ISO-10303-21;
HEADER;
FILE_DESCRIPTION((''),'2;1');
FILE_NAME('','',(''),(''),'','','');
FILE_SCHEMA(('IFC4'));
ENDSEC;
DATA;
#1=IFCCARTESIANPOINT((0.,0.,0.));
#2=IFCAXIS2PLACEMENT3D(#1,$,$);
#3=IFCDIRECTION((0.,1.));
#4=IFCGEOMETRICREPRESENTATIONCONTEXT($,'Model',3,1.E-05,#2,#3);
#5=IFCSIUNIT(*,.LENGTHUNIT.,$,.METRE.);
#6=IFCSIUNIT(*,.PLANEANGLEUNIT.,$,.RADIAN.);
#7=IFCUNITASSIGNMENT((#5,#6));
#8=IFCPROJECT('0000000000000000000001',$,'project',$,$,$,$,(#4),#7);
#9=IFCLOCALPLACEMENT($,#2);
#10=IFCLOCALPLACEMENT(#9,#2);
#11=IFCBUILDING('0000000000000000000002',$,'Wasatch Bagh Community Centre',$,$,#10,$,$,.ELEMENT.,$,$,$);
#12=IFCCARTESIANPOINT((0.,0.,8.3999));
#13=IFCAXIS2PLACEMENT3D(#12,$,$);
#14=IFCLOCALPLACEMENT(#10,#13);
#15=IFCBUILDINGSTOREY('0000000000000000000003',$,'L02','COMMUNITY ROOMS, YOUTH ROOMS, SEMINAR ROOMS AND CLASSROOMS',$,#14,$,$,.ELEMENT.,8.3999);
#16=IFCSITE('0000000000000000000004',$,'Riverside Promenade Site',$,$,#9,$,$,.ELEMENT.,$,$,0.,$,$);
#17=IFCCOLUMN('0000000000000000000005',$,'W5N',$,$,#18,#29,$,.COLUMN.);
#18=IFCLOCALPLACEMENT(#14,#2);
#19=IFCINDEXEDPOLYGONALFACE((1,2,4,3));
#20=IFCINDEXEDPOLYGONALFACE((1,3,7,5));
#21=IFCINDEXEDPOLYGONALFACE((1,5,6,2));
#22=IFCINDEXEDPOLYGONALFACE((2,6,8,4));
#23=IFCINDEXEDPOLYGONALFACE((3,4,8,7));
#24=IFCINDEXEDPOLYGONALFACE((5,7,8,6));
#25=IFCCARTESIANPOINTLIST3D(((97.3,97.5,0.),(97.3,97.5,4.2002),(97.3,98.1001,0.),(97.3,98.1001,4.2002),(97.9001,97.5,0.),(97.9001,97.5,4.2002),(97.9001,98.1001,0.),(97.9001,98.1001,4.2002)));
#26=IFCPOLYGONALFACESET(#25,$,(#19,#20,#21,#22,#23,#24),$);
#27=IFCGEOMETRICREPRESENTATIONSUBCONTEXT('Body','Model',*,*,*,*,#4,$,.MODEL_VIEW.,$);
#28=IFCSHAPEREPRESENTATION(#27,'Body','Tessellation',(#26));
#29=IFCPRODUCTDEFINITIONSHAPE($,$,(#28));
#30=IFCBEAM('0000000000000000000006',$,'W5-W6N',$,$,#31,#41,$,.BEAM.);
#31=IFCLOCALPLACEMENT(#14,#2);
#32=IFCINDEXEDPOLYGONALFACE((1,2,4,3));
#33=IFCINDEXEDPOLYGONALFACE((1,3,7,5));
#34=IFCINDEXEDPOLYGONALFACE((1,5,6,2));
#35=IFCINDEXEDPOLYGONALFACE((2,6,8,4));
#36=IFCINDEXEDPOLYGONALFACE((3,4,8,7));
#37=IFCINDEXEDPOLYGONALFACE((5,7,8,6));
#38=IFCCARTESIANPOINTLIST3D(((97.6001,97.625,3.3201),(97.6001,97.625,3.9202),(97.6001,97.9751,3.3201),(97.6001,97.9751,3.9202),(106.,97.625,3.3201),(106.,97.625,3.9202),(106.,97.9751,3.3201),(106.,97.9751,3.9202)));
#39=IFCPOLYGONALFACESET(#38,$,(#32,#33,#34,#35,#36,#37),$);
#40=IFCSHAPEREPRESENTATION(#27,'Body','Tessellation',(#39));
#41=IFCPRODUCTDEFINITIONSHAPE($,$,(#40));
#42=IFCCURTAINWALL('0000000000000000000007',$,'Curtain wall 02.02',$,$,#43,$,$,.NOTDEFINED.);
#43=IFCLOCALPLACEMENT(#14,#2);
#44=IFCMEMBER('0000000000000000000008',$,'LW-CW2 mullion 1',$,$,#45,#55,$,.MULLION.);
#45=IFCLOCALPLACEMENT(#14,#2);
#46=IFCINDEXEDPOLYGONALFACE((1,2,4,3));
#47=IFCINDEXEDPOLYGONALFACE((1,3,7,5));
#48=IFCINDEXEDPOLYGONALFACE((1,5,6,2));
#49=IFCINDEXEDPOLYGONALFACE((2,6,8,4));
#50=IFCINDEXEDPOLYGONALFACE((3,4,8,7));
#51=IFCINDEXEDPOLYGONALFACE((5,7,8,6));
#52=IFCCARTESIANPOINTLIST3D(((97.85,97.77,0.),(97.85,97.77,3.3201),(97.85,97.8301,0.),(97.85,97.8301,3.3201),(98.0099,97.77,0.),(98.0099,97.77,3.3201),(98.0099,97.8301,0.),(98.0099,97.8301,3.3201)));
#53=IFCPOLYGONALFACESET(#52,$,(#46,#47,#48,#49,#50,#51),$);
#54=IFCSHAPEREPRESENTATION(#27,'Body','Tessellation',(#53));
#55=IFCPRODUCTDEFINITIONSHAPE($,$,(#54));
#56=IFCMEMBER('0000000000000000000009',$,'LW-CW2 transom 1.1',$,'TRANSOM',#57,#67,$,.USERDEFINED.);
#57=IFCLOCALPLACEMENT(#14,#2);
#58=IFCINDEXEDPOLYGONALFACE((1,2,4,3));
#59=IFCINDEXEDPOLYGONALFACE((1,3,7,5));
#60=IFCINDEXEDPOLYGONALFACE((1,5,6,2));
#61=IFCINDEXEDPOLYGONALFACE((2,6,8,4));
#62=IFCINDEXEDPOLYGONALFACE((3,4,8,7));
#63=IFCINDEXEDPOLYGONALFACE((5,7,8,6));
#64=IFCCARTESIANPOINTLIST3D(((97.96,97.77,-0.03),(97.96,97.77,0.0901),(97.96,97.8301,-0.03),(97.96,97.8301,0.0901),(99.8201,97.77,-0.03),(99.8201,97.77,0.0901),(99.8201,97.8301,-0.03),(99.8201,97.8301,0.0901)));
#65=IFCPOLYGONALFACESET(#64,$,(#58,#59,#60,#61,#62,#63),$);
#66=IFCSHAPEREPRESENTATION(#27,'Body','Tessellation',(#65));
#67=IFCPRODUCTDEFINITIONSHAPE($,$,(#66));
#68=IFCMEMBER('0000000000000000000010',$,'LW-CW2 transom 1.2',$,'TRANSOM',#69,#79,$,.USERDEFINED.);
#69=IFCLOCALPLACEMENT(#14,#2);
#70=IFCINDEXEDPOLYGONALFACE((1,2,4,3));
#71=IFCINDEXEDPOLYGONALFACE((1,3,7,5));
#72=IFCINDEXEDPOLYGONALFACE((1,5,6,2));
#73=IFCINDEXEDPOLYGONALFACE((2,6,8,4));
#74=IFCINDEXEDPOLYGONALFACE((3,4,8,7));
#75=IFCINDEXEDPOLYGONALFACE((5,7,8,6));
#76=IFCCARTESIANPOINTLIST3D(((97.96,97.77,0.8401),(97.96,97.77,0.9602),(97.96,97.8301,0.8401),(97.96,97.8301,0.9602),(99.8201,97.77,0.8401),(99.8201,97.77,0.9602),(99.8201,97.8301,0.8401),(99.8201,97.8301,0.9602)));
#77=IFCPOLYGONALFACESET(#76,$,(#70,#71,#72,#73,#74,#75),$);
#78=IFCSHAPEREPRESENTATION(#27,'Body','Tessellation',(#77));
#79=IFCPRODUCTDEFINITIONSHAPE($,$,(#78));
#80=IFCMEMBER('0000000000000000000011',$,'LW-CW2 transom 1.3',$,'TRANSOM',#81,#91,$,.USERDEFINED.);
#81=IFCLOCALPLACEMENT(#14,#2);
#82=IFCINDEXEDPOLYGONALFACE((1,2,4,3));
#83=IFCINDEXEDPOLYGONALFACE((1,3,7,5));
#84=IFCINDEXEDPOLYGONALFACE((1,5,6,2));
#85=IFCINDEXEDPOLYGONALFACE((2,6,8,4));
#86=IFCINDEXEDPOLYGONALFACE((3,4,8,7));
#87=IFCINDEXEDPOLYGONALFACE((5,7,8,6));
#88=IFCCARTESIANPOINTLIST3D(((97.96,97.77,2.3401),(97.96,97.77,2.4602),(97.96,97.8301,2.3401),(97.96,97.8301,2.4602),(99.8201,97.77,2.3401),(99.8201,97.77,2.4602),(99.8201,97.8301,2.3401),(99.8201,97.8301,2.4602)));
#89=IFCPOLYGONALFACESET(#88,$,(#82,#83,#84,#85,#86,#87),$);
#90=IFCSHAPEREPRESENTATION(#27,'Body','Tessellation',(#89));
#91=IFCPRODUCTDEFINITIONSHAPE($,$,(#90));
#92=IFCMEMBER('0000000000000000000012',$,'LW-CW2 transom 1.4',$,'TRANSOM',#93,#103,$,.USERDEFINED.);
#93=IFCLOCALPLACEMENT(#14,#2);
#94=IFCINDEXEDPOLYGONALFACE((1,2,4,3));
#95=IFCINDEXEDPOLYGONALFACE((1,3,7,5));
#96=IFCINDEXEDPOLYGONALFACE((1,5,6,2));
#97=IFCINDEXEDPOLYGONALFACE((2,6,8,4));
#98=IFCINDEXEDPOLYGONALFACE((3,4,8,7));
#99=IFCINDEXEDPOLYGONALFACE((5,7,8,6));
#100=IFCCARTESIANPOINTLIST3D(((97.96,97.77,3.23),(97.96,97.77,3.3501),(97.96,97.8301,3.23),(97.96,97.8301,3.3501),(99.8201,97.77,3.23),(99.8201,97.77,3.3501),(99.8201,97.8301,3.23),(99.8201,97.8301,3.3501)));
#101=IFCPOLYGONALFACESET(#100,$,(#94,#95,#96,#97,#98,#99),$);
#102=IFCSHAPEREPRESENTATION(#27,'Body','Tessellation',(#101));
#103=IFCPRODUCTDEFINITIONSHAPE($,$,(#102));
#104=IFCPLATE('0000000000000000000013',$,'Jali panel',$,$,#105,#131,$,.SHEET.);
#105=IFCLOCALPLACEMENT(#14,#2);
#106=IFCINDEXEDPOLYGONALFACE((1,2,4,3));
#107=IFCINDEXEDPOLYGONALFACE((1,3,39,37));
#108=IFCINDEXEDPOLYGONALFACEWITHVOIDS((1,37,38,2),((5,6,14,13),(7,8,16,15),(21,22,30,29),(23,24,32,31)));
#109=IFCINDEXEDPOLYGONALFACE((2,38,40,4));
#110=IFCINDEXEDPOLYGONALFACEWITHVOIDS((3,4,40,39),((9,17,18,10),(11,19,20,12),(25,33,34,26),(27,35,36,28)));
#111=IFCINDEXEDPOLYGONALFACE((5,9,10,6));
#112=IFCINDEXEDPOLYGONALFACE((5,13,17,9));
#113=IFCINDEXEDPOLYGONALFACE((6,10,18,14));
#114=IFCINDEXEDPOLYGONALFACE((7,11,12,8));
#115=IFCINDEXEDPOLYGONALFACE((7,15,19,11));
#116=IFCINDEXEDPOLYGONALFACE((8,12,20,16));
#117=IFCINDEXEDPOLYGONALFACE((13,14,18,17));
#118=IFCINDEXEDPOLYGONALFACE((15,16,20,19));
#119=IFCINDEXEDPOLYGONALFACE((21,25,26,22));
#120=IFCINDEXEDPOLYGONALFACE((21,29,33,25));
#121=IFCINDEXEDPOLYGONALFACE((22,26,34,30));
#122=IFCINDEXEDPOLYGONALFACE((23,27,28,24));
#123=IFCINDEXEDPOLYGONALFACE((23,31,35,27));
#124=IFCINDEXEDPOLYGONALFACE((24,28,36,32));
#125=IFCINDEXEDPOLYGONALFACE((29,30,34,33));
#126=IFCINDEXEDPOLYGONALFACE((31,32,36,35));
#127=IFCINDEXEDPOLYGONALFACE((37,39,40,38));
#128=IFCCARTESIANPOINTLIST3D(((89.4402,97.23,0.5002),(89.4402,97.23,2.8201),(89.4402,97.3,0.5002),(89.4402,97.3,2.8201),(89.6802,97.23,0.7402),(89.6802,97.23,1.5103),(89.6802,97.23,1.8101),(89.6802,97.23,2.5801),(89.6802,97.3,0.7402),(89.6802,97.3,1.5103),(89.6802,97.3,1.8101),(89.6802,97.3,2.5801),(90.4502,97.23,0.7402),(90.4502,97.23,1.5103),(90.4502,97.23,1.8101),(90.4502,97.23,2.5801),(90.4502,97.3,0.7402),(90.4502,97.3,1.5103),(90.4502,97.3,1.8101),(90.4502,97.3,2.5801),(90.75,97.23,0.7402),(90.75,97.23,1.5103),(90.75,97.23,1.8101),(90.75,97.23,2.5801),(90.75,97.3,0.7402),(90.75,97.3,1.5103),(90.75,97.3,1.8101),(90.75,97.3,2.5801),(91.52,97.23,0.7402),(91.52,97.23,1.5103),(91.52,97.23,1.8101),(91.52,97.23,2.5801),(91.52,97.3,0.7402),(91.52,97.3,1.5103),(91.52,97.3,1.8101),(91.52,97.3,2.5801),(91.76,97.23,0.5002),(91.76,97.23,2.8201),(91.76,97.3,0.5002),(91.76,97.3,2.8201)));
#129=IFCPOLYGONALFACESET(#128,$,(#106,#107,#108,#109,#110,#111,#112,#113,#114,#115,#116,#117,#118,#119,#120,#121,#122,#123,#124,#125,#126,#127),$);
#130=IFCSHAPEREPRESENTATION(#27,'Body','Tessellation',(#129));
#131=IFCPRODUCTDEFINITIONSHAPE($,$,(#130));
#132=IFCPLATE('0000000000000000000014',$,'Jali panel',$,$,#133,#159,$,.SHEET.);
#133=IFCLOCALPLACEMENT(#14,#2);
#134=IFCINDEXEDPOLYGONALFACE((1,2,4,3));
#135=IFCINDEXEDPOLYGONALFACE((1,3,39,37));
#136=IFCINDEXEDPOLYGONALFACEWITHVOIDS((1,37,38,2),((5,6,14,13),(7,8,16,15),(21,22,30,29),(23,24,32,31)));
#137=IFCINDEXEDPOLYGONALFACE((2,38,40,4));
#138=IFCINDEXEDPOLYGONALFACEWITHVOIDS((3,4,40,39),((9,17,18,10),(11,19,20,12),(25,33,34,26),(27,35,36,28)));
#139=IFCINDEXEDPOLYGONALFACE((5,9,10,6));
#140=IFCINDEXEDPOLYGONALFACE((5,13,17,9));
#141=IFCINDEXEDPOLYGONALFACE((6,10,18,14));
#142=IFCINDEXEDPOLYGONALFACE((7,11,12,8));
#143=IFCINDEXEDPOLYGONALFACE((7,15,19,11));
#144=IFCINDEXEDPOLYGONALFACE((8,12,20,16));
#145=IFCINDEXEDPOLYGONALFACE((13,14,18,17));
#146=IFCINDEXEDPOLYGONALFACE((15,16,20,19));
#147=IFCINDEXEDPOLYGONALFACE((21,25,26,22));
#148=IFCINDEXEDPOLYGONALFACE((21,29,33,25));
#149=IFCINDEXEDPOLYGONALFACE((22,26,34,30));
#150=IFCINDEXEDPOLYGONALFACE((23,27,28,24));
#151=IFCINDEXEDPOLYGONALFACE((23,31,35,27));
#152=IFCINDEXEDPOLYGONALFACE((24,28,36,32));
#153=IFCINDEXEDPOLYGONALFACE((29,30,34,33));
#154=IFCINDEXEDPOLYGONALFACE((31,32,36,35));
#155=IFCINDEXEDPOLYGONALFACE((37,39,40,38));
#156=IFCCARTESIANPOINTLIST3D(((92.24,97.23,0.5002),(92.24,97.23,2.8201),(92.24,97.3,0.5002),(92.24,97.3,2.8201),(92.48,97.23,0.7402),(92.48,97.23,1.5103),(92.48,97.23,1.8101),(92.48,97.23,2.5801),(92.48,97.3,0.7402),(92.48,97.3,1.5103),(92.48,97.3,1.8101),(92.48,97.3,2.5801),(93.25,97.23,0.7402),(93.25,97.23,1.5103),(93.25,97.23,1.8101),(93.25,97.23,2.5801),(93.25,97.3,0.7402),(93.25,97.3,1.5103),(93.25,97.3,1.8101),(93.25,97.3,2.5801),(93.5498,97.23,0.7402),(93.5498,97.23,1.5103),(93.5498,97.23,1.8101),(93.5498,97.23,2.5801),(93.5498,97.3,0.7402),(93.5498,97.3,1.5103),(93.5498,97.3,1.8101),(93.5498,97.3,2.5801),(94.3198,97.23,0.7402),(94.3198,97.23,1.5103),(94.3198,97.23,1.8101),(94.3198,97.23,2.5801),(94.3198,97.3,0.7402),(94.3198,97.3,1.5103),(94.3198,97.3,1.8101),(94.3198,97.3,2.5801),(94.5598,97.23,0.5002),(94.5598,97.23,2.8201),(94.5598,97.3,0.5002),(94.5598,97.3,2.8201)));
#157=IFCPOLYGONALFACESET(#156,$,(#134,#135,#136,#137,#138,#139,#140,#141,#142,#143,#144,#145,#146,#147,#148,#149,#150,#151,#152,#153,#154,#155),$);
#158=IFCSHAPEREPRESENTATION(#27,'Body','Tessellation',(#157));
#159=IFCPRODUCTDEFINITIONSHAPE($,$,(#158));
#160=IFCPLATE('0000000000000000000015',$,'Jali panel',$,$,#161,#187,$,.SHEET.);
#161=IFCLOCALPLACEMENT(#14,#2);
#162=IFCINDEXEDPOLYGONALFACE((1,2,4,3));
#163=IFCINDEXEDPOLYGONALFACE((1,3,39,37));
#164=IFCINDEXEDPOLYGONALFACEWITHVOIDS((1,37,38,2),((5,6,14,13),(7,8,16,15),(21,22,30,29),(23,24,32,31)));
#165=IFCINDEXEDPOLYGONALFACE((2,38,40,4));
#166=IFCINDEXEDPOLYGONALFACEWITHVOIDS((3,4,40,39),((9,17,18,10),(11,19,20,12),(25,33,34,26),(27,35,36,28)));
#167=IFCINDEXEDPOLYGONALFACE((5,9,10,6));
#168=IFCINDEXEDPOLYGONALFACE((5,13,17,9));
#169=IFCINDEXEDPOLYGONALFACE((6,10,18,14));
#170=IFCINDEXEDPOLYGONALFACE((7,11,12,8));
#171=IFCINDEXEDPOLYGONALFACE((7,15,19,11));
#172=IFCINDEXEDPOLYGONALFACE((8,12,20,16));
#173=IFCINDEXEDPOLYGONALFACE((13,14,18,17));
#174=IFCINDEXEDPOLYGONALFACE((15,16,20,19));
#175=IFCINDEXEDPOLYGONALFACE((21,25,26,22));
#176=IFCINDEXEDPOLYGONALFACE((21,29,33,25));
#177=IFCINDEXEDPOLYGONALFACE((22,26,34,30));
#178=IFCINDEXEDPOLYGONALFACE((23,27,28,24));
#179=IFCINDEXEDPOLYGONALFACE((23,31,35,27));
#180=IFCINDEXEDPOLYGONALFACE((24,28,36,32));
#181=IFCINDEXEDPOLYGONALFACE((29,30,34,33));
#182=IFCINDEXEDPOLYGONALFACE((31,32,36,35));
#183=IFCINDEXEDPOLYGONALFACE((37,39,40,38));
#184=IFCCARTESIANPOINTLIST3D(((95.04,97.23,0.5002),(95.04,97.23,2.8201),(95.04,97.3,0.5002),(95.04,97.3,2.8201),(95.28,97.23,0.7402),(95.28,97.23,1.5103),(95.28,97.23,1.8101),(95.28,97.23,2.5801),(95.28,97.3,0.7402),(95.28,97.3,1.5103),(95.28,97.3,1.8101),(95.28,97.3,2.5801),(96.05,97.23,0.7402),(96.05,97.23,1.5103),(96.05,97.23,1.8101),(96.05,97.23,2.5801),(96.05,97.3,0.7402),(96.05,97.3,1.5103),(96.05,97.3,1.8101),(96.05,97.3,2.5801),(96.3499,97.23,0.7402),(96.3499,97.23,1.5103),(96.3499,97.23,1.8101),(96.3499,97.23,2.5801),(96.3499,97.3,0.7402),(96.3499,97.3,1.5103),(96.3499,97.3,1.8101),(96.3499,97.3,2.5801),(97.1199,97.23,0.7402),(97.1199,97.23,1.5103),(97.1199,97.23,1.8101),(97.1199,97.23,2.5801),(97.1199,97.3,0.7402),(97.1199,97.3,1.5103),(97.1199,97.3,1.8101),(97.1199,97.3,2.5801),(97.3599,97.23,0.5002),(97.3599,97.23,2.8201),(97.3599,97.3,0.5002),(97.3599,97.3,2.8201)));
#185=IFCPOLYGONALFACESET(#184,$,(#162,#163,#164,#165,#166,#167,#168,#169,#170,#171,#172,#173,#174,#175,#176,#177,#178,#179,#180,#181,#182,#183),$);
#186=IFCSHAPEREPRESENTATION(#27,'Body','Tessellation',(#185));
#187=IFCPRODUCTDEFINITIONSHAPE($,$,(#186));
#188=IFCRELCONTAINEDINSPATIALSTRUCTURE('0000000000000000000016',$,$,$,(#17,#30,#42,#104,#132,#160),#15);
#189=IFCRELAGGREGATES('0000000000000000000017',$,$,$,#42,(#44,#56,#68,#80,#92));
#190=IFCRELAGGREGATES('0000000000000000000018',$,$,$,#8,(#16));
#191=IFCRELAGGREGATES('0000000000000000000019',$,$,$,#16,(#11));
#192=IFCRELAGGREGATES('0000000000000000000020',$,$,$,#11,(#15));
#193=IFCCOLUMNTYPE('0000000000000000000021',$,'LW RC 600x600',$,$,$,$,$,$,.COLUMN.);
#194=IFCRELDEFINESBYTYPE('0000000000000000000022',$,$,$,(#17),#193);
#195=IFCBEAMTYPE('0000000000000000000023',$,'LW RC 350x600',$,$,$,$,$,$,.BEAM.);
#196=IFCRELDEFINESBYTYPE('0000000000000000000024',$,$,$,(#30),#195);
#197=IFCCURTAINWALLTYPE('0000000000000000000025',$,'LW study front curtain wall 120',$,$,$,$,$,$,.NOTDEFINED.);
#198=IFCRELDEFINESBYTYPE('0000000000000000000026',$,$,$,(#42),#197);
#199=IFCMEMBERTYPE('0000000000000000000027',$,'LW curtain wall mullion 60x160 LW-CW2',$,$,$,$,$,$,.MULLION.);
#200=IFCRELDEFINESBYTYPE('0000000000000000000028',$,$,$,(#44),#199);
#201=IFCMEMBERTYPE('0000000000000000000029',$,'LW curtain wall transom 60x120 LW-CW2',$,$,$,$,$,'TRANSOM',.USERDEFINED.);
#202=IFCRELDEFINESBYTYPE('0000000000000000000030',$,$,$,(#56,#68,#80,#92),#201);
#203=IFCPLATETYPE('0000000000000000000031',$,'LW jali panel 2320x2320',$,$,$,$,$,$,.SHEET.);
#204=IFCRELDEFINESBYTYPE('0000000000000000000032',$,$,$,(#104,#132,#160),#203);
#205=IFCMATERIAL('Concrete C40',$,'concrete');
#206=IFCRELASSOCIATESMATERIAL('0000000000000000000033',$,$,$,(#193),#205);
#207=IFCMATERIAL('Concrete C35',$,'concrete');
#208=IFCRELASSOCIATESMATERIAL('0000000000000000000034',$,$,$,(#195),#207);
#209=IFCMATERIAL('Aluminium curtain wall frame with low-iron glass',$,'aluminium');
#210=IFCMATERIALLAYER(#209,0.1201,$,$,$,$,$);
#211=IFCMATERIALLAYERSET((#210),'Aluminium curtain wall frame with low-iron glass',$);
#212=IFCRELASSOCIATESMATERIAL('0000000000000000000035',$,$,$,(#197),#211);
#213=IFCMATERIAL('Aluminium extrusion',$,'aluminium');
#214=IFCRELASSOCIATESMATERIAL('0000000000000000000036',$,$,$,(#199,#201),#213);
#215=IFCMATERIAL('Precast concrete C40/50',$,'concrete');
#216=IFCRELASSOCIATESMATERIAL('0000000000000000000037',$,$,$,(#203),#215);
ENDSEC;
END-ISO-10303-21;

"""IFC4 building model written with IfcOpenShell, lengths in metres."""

from ifc_helpers import new_model, si_unit, direction, frame, origin, origin_2d, place, context, subcontext, project, spatial, polyline, rectangle, outline, extrude, material, layer, layer_set, material_profile, profile_set, type_object, element, aggregate, save


model = new_model("IFC4")

# Units and contexts
model_context = context("Model", 3, precision=1e-05, world=origin(), true_north=direction((0.0, 1.0)))
body_context = subcontext(model_context, "Body", "Model", "MODEL_VIEW")
ifc_project = project(units=[si_unit("LENGTHUNIT", "METRE"), si_unit("PLANEANGLEUNIT", "RADIAN")], contexts=[model_context])

# Site, building, storey
site_placement = place(None, origin())
site = spatial("IfcSite", under=ifc_project, at=site_placement, Name="Riverside Promenade Site", CompositionType="ELEMENT", RefElevation=0.0)
building_placement = place(site_placement, origin())
building = spatial("IfcBuilding", under=site, at=building_placement, Name="Wasatch Bagh Community Centre", CompositionType="ELEMENT")
storey_placement = place(building_placement, frame((0.0, 0.0, 8.3999)))
storey = spatial("IfcBuildingStorey", under=building, at=storey_placement, Name="L02", Description="COMMUNITY ROOMS, YOUTH ROOMS, SEMINAR ROOMS AND CLASSROOMS", CompositionType="ELEMENT", Elevation=8.3999)

# Column
ifc_material_1 = material(Name="Concrete C40", Category="concrete")
ifc_material_profile_1 = material_profile(ifc_material_1, rectangle(XDim=0.6001, YDim=0.6001, at=origin_2d()), Name="RC 600x600")
ifc_profile_set_1 = profile_set([ifc_material_profile_1], Name="Concrete C40")
column_type = type_object("IfcColumnType", Name="LW RC 600x600", PredefinedType="COLUMN", material=ifc_profile_set_1)
column_placement = place(storey_placement, frame((97.6001, 97.8, 0.0), z_axis=(0.0, 0.0, 1.0), x_axis=(1.0, 0.0, 0.0)))
element("IfcColumn", 1, at=column_placement, inside=storey, type_object=column_type, Name="W5N", PredefinedType="COLUMN", context=body_context, shape_type="SweptSolid", body=[
    extrude(rectangle(XDim=0.6001, YDim=0.6001, at=origin_2d()), origin(), (0.0, 0.0, 1.0), 4.2002),
])

# Beam
ifc_material_2 = material(Name="Concrete C35", Category="concrete")
ifc_material_profile_2 = material_profile(ifc_material_2, rectangle(XDim=0.3501, YDim=0.6001, at=origin_2d()), Name="RC 350x600")
ifc_profile_set_2 = profile_set([ifc_material_profile_2], Name="Concrete C35")
beam_type = type_object("IfcBeamType", Name="LW RC 350x600", PredefinedType="BEAM", material=ifc_profile_set_2)
beam_placement = place(storey_placement, frame((97.6001, 97.8, 3.6201), z_axis=(1.0, 0.0, 0.0), x_axis=(0.0, 1.0, 0.0)))
element("IfcBeam", 2, at=beam_placement, inside=storey, type_object=beam_type, Name="W5-W6N", PredefinedType="BEAM", context=body_context, shape_type="SweptSolid", body=[
    extrude(rectangle(XDim=0.3501, YDim=0.6001, at=origin_2d()), origin(), (0.0, 0.0, 1.0), 8.3999),
])

# Curtain wall, members
ifc_material_3 = material(Name="Aluminium curtain wall frame with low-iron glass", Category="aluminium")
ifc_layer_1 = layer(ifc_material_3, 0.1201)
ifc_layer_set_1 = layer_set([ifc_layer_1], Name="Aluminium curtain wall frame with low-iron glass")
curtain_wall_type = type_object("IfcCurtainWallType", Name="LW study front curtain wall 120", PredefinedType="NOTDEFINED", material=ifc_layer_set_1)
curtain_wall_placement = place(storey_placement, origin())
curtain_wall = element("IfcCurtainWall", 3, at=curtain_wall_placement, inside=storey, type_object=curtain_wall_type, Name="Curtain wall 02.02", PredefinedType="NOTDEFINED")
ifc_material_4 = material(Name="Aluminium extrusion", Category="aluminium")
ifc_material_profile_3 = material_profile(ifc_material_4, rectangle(XDim=0.0601, YDim=0.1599, at=origin_2d()), Name="AL 60x160")
ifc_profile_set_3 = profile_set([ifc_material_profile_3], Name="Aluminium extrusion")
member_type_1 = type_object("IfcMemberType", Name="LW curtain wall mullion 60x160 LW-CW2", PredefinedType="MULLION", material=ifc_profile_set_3)
member_1_placement = place(storey_placement, frame((97.9299, 97.8, 0.0), z_axis=(0.0, 0.0, 1.0), x_axis=(0.0, 1.0, 0.0)))
member_1 = element("IfcMember", 4, at=member_1_placement, type_object=member_type_1, Name="LW-CW2 mullion 1", PredefinedType="MULLION", context=body_context, shape_type="SweptSolid", body=[
    extrude(rectangle(XDim=0.0601, YDim=0.1599, at=origin_2d()), origin(), (0.0, 0.0, 1.0), 3.3201),
])
ifc_material_profile_4 = material_profile(ifc_material_4, rectangle(XDim=0.0601, YDim=0.1201, at=origin_2d()), Name="AL 60x120")
ifc_profile_set_4 = profile_set([ifc_material_profile_4], Name="Aluminium extrusion")
member_type_2 = type_object("IfcMemberType", Name="LW curtain wall transom 60x120 LW-CW2", ElementType="TRANSOM", PredefinedType="USERDEFINED", material=ifc_profile_set_4)
member_2_placement = place(storey_placement, frame((97.96, 97.8, 0.03), z_axis=(1.0, 0.0, 0.0), x_axis=(0.0, 1.0, 0.0)))
member_2 = element("IfcMember", 5, at=member_2_placement, type_object=member_type_2, Name="LW-CW2 transom 1.1", ObjectType="TRANSOM", PredefinedType="USERDEFINED", context=body_context, shape_type="SweptSolid", body=[
    extrude(rectangle(XDim=0.0601, YDim=0.1201, at=origin_2d()), origin(), (0.0, 0.0, 1.0), 1.8601),
])
member_3_placement = place(storey_placement, frame((97.96, 97.8, 0.9001), z_axis=(1.0, 0.0, 0.0), x_axis=(0.0, 1.0, 0.0)))
member_3 = element("IfcMember", 6, at=member_3_placement, type_object=member_type_2, Name="LW-CW2 transom 1.2", ObjectType="TRANSOM", PredefinedType="USERDEFINED", context=body_context, shape_type="SweptSolid", body=[
    extrude(rectangle(XDim=0.0601, YDim=0.1201, at=origin_2d()), origin(), (0.0, 0.0, 1.0), 1.8601),
])
member_4_placement = place(storey_placement, frame((97.96, 97.8, 2.4001), z_axis=(1.0, 0.0, 0.0), x_axis=(0.0, 1.0, 0.0)))
member_4 = element("IfcMember", 7, at=member_4_placement, type_object=member_type_2, Name="LW-CW2 transom 1.3", ObjectType="TRANSOM", PredefinedType="USERDEFINED", context=body_context, shape_type="SweptSolid", body=[
    extrude(rectangle(XDim=0.0601, YDim=0.1201, at=origin_2d()), origin(), (0.0, 0.0, 1.0), 1.8601),
])
member_5_placement = place(storey_placement, frame((97.96, 97.8, 3.29), z_axis=(1.0, 0.0, 0.0), x_axis=(0.0, 1.0, 0.0)))
member_5 = element("IfcMember", 8, at=member_5_placement, type_object=member_type_2, Name="LW-CW2 transom 1.4", ObjectType="TRANSOM", PredefinedType="USERDEFINED", context=body_context, shape_type="SweptSolid", body=[
    extrude(rectangle(XDim=0.0601, YDim=0.1201, at=origin_2d()), origin(), (0.0, 0.0, 1.0), 1.8601),
])
aggregate(curtain_wall, [member_1, member_2, member_3, member_4, member_5])

# Plates
ifc_material_5 = material(Name="Precast concrete C40/50", Category="concrete")
ifc_material_profile_5 = material_profile(ifc_material_5, outline(polyline([(-1.1599, -1.1599), (1.1599, -1.1599), (1.1599, 1.1599), (-1.1599, 1.1599), (-1.1599, -1.1599)]), holes=[polyline([(-0.9199, -0.9199), (-0.1499, -0.9199), (-0.1499, -0.1499), (-0.9199, -0.1499), (-0.9199, -0.9199)]), polyline([(-0.9199, 0.1499), (-0.1499, 0.1499), (-0.1499, 0.9199), (-0.9199, 0.9199), (-0.9199, 0.1499)]), polyline([(0.1499, -0.9199), (0.9199, -0.9199), (0.9199, -0.1499), (0.1499, -0.1499), (0.1499, -0.9199)]), polyline([(0.1499, 0.1499), (0.9199, 0.1499), (0.9199, 0.9199), (0.1499, 0.9199), (0.1499, 0.1499)])]), Name="Jali lattice")
ifc_profile_set_5 = profile_set([ifc_material_profile_5], Name="Precast concrete C40/50")
plate_type = type_object("IfcPlateType", Name="LW jali panel 2320x2320", PredefinedType="SHEET", material=ifc_profile_set_5)
for number, where, z_axis, x_axis, name in (
    (9, (90.6001, 97.3, 1.6602), (0.0, -1.0, 0.0), (1.0, 0.0, 0.0), "Jali panel"),
    (10, (93.3999, 97.3, 1.6602), (0.0, -1.0, 0.0), (1.0, 0.0, 0.0), "Jali panel"),
    (11, (96.2, 97.3, 1.6602), (0.0, -1.0, 0.0), (1.0, 0.0, 0.0), "Jali panel"),
):
    element("IfcPlate", number, at=place(storey_placement, frame(where, z_axis=z_axis, x_axis=x_axis)), inside=storey, type_object=plate_type, Name=name, PredefinedType="SHEET", context=body_context, shape_type="SweptSolid", body=[
        extrude(outline(polyline([(-1.1599, -1.1599), (1.1599, -1.1599), (1.1599, 1.1599), (-1.1599, 1.1599), (-1.1599, -1.1599)]), holes=[polyline([(-0.9199, -0.9199), (-0.1499, -0.9199), (-0.1499, -0.1499), (-0.9199, -0.1499), (-0.9199, -0.9199)]), polyline([(-0.9199, 0.1499), (-0.1499, 0.1499), (-0.1499, 0.9199), (-0.9199, 0.9199), (-0.9199, 0.1499)]), polyline([(0.1499, -0.9199), (0.9199, -0.9199), (0.9199, -0.1499), (0.1499, -0.1499), (0.1499, -0.9199)]), polyline([(0.1499, 0.1499), (0.9199, 0.1499), (0.9199, 0.9199), (0.1499, 0.9199), (0.1499, 0.1499)])]), origin(), (0.0, 0.0, 1.0), 0.0701),
    ])

save(model, "model.ifc")
